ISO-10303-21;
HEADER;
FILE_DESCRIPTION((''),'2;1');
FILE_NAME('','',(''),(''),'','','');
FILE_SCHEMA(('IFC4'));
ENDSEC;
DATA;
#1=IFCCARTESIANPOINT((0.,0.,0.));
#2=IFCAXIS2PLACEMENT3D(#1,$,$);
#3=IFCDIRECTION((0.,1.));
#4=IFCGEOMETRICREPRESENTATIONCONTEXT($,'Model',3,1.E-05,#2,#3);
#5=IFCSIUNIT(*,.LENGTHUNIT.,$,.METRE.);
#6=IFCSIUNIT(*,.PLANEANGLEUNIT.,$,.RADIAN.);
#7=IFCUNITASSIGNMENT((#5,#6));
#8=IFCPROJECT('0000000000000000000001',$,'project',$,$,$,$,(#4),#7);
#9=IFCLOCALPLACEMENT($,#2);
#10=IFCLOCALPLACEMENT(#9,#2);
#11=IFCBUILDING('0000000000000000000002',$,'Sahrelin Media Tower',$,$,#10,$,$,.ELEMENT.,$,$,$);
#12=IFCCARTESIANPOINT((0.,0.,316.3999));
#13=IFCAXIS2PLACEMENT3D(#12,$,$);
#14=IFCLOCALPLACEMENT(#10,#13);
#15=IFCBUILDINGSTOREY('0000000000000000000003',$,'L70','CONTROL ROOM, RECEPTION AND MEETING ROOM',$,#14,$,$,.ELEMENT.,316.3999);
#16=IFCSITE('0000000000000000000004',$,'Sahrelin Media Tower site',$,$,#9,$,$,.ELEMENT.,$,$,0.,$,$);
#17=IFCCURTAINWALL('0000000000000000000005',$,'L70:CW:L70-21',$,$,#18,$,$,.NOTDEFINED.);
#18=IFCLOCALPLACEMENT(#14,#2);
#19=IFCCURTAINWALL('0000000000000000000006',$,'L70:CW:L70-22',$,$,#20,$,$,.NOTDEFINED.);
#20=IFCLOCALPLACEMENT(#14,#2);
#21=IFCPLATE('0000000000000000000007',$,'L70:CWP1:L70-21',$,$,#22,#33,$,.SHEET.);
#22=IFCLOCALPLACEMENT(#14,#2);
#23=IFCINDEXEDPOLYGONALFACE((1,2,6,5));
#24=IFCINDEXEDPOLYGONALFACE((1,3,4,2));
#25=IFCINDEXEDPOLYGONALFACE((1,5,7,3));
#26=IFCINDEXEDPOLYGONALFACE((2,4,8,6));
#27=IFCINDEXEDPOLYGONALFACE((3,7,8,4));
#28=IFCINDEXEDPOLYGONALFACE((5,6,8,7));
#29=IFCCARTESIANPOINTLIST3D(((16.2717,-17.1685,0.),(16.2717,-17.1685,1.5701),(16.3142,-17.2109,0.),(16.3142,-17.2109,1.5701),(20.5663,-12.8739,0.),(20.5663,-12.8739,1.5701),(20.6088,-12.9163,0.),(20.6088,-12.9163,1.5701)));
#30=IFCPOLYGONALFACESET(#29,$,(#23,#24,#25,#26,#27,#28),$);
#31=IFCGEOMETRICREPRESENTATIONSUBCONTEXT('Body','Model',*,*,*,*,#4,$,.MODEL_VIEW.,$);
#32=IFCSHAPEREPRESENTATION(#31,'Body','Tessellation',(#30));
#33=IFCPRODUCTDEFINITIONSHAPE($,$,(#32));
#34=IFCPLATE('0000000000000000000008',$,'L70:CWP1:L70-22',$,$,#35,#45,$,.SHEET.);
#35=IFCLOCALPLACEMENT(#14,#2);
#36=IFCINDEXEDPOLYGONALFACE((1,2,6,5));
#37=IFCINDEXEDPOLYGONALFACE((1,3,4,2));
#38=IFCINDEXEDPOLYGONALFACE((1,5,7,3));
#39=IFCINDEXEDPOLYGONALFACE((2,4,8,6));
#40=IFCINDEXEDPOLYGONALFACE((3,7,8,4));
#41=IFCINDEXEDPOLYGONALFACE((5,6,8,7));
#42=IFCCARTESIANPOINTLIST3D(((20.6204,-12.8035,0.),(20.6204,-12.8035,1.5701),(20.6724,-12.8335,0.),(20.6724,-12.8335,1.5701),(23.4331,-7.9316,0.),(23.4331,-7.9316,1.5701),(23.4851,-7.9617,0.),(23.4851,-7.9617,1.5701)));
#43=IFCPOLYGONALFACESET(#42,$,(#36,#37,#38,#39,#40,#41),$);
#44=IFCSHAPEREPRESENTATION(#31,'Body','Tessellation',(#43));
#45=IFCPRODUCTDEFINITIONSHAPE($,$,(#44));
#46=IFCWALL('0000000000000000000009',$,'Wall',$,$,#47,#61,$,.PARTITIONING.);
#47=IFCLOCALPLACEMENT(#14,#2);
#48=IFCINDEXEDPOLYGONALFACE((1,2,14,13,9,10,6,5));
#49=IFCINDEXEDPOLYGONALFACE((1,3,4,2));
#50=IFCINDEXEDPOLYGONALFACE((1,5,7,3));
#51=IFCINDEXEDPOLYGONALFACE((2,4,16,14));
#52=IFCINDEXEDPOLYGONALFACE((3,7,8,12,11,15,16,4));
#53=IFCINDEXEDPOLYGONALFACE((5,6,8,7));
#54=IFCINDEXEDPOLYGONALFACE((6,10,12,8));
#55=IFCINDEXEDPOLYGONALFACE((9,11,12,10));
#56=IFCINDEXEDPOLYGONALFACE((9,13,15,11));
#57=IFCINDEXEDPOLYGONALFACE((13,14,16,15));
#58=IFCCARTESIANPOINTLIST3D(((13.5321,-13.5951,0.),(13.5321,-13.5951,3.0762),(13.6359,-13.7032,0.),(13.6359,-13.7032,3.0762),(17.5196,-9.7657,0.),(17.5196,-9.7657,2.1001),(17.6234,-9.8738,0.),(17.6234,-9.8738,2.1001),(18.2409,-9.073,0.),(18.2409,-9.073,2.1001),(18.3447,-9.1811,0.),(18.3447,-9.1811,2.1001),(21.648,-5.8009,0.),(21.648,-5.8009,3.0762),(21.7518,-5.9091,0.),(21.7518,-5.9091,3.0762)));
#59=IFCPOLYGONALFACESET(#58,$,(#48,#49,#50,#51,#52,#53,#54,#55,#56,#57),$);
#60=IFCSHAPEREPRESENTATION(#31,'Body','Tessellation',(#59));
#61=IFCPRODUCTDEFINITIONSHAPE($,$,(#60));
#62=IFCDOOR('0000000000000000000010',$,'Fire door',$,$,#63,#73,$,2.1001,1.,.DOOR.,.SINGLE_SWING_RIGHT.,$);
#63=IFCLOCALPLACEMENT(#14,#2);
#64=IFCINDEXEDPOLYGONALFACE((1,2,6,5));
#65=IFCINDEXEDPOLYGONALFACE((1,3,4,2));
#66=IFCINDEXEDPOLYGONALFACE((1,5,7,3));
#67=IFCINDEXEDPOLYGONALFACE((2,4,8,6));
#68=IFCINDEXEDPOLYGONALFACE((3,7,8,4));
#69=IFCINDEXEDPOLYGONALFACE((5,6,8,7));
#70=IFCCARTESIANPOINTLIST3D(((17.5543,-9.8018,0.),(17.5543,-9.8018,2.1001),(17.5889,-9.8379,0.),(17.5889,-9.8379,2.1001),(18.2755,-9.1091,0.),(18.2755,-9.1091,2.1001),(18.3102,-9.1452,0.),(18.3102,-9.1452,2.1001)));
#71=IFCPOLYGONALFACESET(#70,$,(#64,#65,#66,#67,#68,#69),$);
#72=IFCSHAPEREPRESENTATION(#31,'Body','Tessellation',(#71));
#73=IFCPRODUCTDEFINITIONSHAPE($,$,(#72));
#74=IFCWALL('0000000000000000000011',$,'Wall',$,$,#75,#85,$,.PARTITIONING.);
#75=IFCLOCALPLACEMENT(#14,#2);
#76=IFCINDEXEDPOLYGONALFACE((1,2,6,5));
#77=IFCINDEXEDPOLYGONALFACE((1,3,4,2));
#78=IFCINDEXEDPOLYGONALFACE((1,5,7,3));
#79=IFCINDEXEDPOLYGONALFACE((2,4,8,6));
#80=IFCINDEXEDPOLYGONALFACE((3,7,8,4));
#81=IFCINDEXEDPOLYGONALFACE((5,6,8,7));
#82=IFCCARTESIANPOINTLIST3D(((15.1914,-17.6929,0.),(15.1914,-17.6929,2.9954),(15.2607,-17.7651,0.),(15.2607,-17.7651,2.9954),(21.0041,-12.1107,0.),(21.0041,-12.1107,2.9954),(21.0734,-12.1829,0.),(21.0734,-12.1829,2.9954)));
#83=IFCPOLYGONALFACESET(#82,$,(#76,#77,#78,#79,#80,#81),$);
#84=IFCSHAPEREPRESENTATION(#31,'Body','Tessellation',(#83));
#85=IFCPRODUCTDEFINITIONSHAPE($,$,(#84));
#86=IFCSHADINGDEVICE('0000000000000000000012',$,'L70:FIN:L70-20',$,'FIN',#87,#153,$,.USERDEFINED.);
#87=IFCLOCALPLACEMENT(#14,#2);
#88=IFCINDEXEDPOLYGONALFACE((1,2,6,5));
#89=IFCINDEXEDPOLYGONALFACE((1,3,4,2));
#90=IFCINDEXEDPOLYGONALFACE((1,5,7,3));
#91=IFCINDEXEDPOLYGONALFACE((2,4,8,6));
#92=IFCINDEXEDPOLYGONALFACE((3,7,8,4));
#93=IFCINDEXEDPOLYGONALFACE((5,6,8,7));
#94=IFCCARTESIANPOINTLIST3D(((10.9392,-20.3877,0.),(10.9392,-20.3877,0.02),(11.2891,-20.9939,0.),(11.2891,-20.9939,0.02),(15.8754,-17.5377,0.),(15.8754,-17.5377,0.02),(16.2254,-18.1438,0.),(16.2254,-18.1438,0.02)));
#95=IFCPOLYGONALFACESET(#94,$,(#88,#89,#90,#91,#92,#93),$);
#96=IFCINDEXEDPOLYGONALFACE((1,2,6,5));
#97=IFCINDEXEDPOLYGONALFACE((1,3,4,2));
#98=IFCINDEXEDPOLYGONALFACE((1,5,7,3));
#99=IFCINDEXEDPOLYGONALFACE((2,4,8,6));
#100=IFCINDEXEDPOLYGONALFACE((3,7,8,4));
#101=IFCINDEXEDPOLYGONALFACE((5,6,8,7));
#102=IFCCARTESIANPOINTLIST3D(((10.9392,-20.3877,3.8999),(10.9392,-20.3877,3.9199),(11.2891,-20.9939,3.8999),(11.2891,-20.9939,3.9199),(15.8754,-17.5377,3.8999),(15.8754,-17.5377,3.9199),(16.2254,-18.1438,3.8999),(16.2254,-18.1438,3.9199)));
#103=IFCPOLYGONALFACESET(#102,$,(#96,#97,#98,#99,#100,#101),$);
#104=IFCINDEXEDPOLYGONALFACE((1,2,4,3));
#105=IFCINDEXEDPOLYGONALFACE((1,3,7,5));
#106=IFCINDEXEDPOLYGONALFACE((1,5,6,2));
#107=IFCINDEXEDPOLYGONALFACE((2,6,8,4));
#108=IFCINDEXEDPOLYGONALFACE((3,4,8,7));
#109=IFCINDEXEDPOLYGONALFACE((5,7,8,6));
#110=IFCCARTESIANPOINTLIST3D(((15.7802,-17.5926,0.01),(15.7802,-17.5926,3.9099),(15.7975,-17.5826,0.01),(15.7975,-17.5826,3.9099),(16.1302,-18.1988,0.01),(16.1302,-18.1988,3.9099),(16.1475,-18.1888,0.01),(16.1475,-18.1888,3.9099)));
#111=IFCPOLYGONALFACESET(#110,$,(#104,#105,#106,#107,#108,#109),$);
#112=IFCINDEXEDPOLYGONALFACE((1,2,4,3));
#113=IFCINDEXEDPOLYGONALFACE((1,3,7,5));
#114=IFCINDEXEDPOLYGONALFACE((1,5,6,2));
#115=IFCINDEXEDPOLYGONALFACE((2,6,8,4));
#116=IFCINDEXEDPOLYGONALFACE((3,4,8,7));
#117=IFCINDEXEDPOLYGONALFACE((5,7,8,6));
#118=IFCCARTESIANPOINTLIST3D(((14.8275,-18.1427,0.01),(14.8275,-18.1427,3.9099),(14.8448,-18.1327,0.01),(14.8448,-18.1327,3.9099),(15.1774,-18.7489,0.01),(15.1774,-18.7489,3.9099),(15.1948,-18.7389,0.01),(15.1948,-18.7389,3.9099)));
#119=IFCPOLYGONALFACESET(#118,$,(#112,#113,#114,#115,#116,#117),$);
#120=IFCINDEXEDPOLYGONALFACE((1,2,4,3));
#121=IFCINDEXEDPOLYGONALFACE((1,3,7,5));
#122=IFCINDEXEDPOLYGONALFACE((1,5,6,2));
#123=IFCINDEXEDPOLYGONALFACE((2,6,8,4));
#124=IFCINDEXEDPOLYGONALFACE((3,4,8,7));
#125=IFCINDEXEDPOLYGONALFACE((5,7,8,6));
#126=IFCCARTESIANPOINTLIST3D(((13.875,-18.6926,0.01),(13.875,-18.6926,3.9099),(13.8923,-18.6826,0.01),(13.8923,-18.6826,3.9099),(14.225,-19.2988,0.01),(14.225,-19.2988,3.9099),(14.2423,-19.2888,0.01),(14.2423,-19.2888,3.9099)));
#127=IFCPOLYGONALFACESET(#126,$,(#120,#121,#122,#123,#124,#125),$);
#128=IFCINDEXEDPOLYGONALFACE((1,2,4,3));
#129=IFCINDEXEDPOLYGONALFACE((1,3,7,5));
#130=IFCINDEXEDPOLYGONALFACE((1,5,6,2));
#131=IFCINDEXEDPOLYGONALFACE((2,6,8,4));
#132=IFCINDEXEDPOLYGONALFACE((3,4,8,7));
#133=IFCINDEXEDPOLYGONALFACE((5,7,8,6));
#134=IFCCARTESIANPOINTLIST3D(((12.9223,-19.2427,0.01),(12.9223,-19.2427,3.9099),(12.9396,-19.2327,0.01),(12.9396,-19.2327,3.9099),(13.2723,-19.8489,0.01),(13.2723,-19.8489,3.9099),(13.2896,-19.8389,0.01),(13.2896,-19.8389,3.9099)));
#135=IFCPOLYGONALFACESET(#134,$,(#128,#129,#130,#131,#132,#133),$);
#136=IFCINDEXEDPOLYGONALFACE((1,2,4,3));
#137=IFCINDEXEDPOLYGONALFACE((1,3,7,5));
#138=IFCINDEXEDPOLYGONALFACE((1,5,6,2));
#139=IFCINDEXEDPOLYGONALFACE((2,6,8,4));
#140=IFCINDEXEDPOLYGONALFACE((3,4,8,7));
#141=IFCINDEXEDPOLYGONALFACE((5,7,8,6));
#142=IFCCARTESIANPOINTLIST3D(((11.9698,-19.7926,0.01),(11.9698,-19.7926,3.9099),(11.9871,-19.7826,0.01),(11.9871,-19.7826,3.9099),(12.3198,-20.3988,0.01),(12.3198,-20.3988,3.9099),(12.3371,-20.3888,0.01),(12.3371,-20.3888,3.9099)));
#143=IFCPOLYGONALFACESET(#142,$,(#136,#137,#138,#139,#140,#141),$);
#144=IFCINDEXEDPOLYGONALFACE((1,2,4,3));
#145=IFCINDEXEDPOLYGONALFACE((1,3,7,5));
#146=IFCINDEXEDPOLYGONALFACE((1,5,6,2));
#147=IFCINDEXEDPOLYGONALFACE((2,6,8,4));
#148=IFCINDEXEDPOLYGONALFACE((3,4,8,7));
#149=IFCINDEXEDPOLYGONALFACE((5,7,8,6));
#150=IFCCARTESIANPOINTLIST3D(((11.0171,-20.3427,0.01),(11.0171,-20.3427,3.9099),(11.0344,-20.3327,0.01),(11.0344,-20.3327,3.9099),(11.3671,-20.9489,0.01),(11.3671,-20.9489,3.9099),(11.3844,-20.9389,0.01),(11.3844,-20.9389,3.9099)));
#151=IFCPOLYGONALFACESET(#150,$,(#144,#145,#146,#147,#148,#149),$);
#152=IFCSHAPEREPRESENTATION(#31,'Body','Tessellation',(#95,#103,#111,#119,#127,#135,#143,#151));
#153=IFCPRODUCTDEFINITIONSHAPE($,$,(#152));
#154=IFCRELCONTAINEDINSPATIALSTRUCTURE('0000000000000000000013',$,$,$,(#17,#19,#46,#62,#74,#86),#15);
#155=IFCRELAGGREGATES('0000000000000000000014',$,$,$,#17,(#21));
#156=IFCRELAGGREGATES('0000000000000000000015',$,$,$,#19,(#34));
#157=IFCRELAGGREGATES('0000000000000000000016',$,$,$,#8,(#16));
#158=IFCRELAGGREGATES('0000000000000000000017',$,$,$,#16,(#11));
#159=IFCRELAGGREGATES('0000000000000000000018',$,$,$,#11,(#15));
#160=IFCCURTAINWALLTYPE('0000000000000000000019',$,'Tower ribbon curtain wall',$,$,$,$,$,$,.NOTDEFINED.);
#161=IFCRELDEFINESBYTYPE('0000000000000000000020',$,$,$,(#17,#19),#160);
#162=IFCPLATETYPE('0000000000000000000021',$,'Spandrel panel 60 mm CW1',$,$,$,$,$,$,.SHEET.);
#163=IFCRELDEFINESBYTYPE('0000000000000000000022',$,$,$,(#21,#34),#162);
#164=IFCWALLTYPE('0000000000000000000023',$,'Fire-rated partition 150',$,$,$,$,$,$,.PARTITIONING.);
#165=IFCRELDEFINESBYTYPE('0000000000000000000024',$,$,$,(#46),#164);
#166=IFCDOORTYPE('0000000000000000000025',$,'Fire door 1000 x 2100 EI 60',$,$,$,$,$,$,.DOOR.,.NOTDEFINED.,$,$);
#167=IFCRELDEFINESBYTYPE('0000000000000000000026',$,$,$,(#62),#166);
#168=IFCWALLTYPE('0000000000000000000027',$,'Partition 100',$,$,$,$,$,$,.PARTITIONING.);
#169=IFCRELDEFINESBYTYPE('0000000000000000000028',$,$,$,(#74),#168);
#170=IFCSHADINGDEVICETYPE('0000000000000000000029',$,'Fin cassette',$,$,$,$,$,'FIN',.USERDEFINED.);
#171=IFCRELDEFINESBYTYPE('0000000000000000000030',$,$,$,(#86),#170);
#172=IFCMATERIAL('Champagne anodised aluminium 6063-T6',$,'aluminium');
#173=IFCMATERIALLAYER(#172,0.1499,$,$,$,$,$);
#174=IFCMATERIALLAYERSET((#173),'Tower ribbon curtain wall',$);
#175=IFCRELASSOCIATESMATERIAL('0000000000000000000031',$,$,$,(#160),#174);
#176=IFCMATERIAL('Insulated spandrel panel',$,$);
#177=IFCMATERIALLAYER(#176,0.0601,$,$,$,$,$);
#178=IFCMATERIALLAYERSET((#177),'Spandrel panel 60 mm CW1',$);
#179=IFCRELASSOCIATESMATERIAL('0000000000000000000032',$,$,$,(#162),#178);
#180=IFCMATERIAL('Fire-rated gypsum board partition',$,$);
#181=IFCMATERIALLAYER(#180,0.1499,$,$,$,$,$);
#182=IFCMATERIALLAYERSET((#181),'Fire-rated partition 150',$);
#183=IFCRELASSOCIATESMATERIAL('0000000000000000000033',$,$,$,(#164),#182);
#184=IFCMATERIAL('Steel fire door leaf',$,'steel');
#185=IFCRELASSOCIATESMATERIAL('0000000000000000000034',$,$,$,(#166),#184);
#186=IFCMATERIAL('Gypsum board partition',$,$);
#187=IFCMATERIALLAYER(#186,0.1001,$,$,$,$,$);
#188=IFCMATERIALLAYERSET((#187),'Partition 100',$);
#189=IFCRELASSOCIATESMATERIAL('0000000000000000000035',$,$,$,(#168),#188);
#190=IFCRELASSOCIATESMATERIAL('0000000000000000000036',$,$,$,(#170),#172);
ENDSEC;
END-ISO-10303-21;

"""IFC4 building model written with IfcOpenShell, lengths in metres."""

from ifc_helpers import new_model, si_unit, direction, frame, frame_2d, origin, origin_2d, place, context, subcontext, project, spatial, polyline, rectangle, outline, extrude, material, layer, layer_set, type_object, element, fill, aggregate, save


model = new_model("IFC4")

# Units and contexts
model_context = context("Model", 3, precision=1e-05, world=origin(), true_north=direction((0.0, 1.0)))
body_context = subcontext(model_context, "Body", "Model", "MODEL_VIEW")
ifc_project = project(units=[si_unit("LENGTHUNIT", "METRE"), si_unit("PLANEANGLEUNIT", "RADIAN")], contexts=[model_context])

# Site, building, storey
site_placement = place(None, origin())
site = spatial("IfcSite", under=ifc_project, at=site_placement, Name="Sahrelin Media Tower site", CompositionType="ELEMENT", RefElevation=0.0)
building_placement = place(site_placement, origin())
building = spatial("IfcBuilding", under=site, at=building_placement, Name="Sahrelin Media Tower", CompositionType="ELEMENT")
storey_placement = place(building_placement, frame((0.0, 0.0, 316.3999)))
storey = spatial("IfcBuildingStorey", under=building, at=storey_placement, Name="L70", Description="CONTROL ROOM, RECEPTION AND MEETING ROOM", CompositionType="ELEMENT", Elevation=316.3999)

# Curtain wall
ifc_material_1 = material(Name="Champagne anodised aluminium 6063-T6", Category="aluminium")
ifc_layer_1 = layer(ifc_material_1, 0.1499)
ifc_layer_set_1 = layer_set([ifc_layer_1], Name="Tower ribbon curtain wall")
curtain_wall_type = type_object("IfcCurtainWallType", Name="Tower ribbon curtain wall", PredefinedType="NOTDEFINED", material=ifc_layer_set_1)
curtain_wall_1_placement = place(storey_placement, frame((18.4475, -15.0496, 0.0), z_axis=(0.0, 0.0, 1.0), x_axis=(1.0, 0.0, 0.0)))
curtain_wall_1 = element("IfcCurtainWall", 1, at=curtain_wall_1_placement, inside=storey, type_object=curtain_wall_type, Name="L70:CW:L70-21", PredefinedType="NOTDEFINED")

# Curtain wall
curtain_wall_2_placement = place(storey_placement, frame((22.0615, -10.3875, 0.0), z_axis=(0.0, 0.0, 1.0), x_axis=(1.0, 0.0, 0.0)))
curtain_wall_2 = element("IfcCurtainWall", 2, at=curtain_wall_2_placement, inside=storey, type_object=curtain_wall_type, Name="L70:CW:L70-22", PredefinedType="NOTDEFINED")

# Plates
ifc_material_2 = material(Name="Insulated spandrel panel")
ifc_layer_2 = layer(ifc_material_2, 0.0601)
ifc_layer_set_2 = layer_set([ifc_layer_2], Name="Spandrel panel 60 mm CW1")
plate_type_1 = type_object("IfcPlateType", Name="Spandrel panel 60 mm CW1", PredefinedType="SHEET", material=ifc_layer_set_2)
plate_1_placement = place(storey_placement, frame((16.3142, -17.2109, 0.0), z_axis=(0.707107, -0.707107, 0.0), x_axis=(0.707107, 0.707107, 0.0)))
plate_1 = element("IfcPlate", 3, at=plate_1_placement, type_object=plate_type_1, Name="L70:CWP1:L70-21", PredefinedType="SHEET", context=body_context, shape_type="SweptSolid", body=[
    extrude(outline(polyline([(0.0, 0.0), (6.0735, 0.0), (6.0735, 1.5701), (0.0, 1.5701), (0.0, 0.0)])), origin(), (0.0, 0.0, -1.0), 0.0601),
])
aggregate(curtain_wall_1, [plate_1])
plate_2_placement = place(storey_placement, frame((20.6724, -12.8335, 0.0), z_axis=(0.866026, -0.499999, 0.0), x_axis=(0.499999, 0.866026, 0.0)))
plate_2 = element("IfcPlate", 4, at=plate_2_placement, type_object=plate_type_1, Name="L70:CWP1:L70-22", PredefinedType="SHEET", context=body_context, shape_type="SweptSolid", body=[
    extrude(outline(polyline([(0.0, 0.0), (5.6255, 0.0), (5.6255, 1.5701), (0.0, 1.5701), (0.0, 0.0)])), origin(), (0.0, 0.0, -1.0), 0.0601),
])
aggregate(curtain_wall_2, [plate_2])

# Wall, opening, door
ifc_material_3 = material(Name="Fire-rated gypsum board partition")
ifc_layer_3 = layer(ifc_material_3, 0.1499)
ifc_layer_set_3 = layer_set([ifc_layer_3], Name="Fire-rated partition 150")
wall_type_1 = type_object("IfcWallType", Name="Fire-rated partition 150", PredefinedType="PARTITIONING", material=ifc_layer_set_3)
wall_1_placement = place(storey_placement, frame((13.584, -13.6492, 0.0), z_axis=(0.0, 0.0, 1.0), x_axis=(0.72126, 0.692664, 0.0)))
wall_1 = element("IfcWall", 5, at=wall_1_placement, inside=storey, type_object=wall_type_1, Name="Wall", PredefinedType="PARTITIONING", context=body_context, shape_type="SweptSolid", body=[
    extrude(rectangle(XDim=11.2524, YDim=0.1499, at=frame_2d((5.6262, 0.0))), origin(), (0.0, 0.0, 1.0), 3.0762),
])
opening_placement = place(wall_1_placement, frame((5.5286, 0.0, 0.0)))
opening = element("IfcOpeningElement", 6, at=opening_placement, cuts=wall_1, PredefinedType="OPENING", context=body_context, shape_type="SweptSolid", body=[
    extrude(rectangle(XDim=1.0, YDim=2.1001, at=frame_2d((0.5, 1.05))), frame((0.0, 0.075, 0.0), z_axis=(0.0, -1.0, 0.0), x_axis=(1.0, 0.0, 0.0)), (0.0, 0.0, 1.0), 0.1499),
])
ifc_material_4 = material(Name="Steel fire door leaf", Category="steel")
door_type = type_object("IfcDoorType", Name="Fire door 1000 x 2100 EI 60", OperationType="NOTDEFINED", PredefinedType="DOOR", material=ifc_material_4)
door_placement = place(opening_placement, origin())
door = element("IfcDoor", 7, at=door_placement, inside=storey, type_object=door_type, Name="Fire door", OperationType="SINGLE_SWING_RIGHT", OverallHeight=2.1001, OverallWidth=1.0, PredefinedType="DOOR", context=body_context, shape_type="SweptSolid", body=[
    extrude(rectangle(XDim=1.0, YDim=2.1001, at=frame_2d((0.5, 1.05))), frame((0.0, 0.0249, 0.0), z_axis=(0.0, -1.0, 0.0), x_axis=(1.0, 0.0, 0.0)), (0.0, 0.0, 1.0), 0.05),
])
fill(opening, door)

# Wall
ifc_material_5 = material(Name="Gypsum board partition")
ifc_layer_4 = layer(ifc_material_5, 0.1001)
ifc_layer_set_4 = layer_set([ifc_layer_4], Name="Partition 100")
wall_type_2 = type_object("IfcWallType", Name="Partition 100", PredefinedType="PARTITIONING", material=ifc_layer_set_4)
wall_2_placement = place(storey_placement, frame((15.2261, -17.729, 0.0), z_axis=(0.0, 0.0, 1.0), x_axis=(0.721261, 0.692664, 0.0)))
element("IfcWall", 8, at=wall_2_placement, inside=storey, type_object=wall_type_2, Name="Wall", PredefinedType="PARTITIONING", context=body_context, shape_type="SweptSolid", body=[
    extrude(rectangle(XDim=8.0591, YDim=0.1001, at=frame_2d((4.0295, 0.0))), origin(), (0.0, 0.0, 1.0), 2.9954),
])

# Shading device
shading_device_type_1 = type_object("IfcShadingDeviceType", Name="Fin cassette", ElementType="FIN", PredefinedType="USERDEFINED", material=ifc_material_1)
placement_1 = place(storey_placement, frame((13.3723, -18.9021, 0.0), z_axis=(0.0, 0.0, 1.0), x_axis=(-0.866019, -0.500011, 0.0)))
element("IfcShadingDevice", 9, at=placement_1, inside=storey, type_object=shading_device_type_1, Name="L70:FIN:L70-20", ObjectType="FIN", PredefinedType="USERDEFINED", context=body_context, shape_type="SweptSolid", body=[
    extrude(rectangle(XDim=5.7, YDim=0.7, at=origin_2d()), frame((0.0, 0.4199, 0.0)), (0.0, 0.0, 1.0), 0.02),
    extrude(rectangle(XDim=5.7, YDim=0.7, at=origin_2d()), frame((0.0, 0.4199, 3.8999)), (0.0, 0.0, 1.0), 0.02),
    extrude(rectangle(XDim=0.02, YDim=0.7, at=origin_2d()), frame((-2.75, 0.4199, 0.01), z_axis=(0.0, 0.0, 1.0), x_axis=(1.0, 0.0, 0.0)), (0.0, 0.0, 1.0), 3.8999),
    extrude(rectangle(XDim=0.02, YDim=0.7, at=origin_2d()), frame((-1.6499, 0.4199, 0.01), z_axis=(0.0, 0.0, 1.0), x_axis=(1.0, 0.0, 0.0)), (0.0, 0.0, 1.0), 3.8999),
    extrude(rectangle(XDim=0.02, YDim=0.7, at=origin_2d()), frame((-0.55, 0.4199, 0.01), z_axis=(0.0, 0.0, 1.0), x_axis=(1.0, 0.0, 0.0)), (0.0, 0.0, 1.0), 3.8999),
    extrude(rectangle(XDim=0.02, YDim=0.7, at=origin_2d()), frame((0.55, 0.4199, 0.01), z_axis=(0.0, 0.0, 1.0), x_axis=(1.0, 0.0, 0.0)), (0.0, 0.0, 1.0), 3.8999),
    extrude(rectangle(XDim=0.02, YDim=0.7, at=origin_2d()), frame((1.6499, 0.4199, 0.01), z_axis=(0.0, 0.0, 1.0), x_axis=(1.0, 0.0, 0.0)), (0.0, 0.0, 1.0), 3.8999),
    extrude(rectangle(XDim=0.02, YDim=0.7, at=origin_2d()), frame((2.75, 0.4199, 0.01), z_axis=(0.0, 0.0, 1.0), x_axis=(1.0, 0.0, 0.0)), (0.0, 0.0, 1.0), 3.8999),
])

save(model, "model.ifc")
